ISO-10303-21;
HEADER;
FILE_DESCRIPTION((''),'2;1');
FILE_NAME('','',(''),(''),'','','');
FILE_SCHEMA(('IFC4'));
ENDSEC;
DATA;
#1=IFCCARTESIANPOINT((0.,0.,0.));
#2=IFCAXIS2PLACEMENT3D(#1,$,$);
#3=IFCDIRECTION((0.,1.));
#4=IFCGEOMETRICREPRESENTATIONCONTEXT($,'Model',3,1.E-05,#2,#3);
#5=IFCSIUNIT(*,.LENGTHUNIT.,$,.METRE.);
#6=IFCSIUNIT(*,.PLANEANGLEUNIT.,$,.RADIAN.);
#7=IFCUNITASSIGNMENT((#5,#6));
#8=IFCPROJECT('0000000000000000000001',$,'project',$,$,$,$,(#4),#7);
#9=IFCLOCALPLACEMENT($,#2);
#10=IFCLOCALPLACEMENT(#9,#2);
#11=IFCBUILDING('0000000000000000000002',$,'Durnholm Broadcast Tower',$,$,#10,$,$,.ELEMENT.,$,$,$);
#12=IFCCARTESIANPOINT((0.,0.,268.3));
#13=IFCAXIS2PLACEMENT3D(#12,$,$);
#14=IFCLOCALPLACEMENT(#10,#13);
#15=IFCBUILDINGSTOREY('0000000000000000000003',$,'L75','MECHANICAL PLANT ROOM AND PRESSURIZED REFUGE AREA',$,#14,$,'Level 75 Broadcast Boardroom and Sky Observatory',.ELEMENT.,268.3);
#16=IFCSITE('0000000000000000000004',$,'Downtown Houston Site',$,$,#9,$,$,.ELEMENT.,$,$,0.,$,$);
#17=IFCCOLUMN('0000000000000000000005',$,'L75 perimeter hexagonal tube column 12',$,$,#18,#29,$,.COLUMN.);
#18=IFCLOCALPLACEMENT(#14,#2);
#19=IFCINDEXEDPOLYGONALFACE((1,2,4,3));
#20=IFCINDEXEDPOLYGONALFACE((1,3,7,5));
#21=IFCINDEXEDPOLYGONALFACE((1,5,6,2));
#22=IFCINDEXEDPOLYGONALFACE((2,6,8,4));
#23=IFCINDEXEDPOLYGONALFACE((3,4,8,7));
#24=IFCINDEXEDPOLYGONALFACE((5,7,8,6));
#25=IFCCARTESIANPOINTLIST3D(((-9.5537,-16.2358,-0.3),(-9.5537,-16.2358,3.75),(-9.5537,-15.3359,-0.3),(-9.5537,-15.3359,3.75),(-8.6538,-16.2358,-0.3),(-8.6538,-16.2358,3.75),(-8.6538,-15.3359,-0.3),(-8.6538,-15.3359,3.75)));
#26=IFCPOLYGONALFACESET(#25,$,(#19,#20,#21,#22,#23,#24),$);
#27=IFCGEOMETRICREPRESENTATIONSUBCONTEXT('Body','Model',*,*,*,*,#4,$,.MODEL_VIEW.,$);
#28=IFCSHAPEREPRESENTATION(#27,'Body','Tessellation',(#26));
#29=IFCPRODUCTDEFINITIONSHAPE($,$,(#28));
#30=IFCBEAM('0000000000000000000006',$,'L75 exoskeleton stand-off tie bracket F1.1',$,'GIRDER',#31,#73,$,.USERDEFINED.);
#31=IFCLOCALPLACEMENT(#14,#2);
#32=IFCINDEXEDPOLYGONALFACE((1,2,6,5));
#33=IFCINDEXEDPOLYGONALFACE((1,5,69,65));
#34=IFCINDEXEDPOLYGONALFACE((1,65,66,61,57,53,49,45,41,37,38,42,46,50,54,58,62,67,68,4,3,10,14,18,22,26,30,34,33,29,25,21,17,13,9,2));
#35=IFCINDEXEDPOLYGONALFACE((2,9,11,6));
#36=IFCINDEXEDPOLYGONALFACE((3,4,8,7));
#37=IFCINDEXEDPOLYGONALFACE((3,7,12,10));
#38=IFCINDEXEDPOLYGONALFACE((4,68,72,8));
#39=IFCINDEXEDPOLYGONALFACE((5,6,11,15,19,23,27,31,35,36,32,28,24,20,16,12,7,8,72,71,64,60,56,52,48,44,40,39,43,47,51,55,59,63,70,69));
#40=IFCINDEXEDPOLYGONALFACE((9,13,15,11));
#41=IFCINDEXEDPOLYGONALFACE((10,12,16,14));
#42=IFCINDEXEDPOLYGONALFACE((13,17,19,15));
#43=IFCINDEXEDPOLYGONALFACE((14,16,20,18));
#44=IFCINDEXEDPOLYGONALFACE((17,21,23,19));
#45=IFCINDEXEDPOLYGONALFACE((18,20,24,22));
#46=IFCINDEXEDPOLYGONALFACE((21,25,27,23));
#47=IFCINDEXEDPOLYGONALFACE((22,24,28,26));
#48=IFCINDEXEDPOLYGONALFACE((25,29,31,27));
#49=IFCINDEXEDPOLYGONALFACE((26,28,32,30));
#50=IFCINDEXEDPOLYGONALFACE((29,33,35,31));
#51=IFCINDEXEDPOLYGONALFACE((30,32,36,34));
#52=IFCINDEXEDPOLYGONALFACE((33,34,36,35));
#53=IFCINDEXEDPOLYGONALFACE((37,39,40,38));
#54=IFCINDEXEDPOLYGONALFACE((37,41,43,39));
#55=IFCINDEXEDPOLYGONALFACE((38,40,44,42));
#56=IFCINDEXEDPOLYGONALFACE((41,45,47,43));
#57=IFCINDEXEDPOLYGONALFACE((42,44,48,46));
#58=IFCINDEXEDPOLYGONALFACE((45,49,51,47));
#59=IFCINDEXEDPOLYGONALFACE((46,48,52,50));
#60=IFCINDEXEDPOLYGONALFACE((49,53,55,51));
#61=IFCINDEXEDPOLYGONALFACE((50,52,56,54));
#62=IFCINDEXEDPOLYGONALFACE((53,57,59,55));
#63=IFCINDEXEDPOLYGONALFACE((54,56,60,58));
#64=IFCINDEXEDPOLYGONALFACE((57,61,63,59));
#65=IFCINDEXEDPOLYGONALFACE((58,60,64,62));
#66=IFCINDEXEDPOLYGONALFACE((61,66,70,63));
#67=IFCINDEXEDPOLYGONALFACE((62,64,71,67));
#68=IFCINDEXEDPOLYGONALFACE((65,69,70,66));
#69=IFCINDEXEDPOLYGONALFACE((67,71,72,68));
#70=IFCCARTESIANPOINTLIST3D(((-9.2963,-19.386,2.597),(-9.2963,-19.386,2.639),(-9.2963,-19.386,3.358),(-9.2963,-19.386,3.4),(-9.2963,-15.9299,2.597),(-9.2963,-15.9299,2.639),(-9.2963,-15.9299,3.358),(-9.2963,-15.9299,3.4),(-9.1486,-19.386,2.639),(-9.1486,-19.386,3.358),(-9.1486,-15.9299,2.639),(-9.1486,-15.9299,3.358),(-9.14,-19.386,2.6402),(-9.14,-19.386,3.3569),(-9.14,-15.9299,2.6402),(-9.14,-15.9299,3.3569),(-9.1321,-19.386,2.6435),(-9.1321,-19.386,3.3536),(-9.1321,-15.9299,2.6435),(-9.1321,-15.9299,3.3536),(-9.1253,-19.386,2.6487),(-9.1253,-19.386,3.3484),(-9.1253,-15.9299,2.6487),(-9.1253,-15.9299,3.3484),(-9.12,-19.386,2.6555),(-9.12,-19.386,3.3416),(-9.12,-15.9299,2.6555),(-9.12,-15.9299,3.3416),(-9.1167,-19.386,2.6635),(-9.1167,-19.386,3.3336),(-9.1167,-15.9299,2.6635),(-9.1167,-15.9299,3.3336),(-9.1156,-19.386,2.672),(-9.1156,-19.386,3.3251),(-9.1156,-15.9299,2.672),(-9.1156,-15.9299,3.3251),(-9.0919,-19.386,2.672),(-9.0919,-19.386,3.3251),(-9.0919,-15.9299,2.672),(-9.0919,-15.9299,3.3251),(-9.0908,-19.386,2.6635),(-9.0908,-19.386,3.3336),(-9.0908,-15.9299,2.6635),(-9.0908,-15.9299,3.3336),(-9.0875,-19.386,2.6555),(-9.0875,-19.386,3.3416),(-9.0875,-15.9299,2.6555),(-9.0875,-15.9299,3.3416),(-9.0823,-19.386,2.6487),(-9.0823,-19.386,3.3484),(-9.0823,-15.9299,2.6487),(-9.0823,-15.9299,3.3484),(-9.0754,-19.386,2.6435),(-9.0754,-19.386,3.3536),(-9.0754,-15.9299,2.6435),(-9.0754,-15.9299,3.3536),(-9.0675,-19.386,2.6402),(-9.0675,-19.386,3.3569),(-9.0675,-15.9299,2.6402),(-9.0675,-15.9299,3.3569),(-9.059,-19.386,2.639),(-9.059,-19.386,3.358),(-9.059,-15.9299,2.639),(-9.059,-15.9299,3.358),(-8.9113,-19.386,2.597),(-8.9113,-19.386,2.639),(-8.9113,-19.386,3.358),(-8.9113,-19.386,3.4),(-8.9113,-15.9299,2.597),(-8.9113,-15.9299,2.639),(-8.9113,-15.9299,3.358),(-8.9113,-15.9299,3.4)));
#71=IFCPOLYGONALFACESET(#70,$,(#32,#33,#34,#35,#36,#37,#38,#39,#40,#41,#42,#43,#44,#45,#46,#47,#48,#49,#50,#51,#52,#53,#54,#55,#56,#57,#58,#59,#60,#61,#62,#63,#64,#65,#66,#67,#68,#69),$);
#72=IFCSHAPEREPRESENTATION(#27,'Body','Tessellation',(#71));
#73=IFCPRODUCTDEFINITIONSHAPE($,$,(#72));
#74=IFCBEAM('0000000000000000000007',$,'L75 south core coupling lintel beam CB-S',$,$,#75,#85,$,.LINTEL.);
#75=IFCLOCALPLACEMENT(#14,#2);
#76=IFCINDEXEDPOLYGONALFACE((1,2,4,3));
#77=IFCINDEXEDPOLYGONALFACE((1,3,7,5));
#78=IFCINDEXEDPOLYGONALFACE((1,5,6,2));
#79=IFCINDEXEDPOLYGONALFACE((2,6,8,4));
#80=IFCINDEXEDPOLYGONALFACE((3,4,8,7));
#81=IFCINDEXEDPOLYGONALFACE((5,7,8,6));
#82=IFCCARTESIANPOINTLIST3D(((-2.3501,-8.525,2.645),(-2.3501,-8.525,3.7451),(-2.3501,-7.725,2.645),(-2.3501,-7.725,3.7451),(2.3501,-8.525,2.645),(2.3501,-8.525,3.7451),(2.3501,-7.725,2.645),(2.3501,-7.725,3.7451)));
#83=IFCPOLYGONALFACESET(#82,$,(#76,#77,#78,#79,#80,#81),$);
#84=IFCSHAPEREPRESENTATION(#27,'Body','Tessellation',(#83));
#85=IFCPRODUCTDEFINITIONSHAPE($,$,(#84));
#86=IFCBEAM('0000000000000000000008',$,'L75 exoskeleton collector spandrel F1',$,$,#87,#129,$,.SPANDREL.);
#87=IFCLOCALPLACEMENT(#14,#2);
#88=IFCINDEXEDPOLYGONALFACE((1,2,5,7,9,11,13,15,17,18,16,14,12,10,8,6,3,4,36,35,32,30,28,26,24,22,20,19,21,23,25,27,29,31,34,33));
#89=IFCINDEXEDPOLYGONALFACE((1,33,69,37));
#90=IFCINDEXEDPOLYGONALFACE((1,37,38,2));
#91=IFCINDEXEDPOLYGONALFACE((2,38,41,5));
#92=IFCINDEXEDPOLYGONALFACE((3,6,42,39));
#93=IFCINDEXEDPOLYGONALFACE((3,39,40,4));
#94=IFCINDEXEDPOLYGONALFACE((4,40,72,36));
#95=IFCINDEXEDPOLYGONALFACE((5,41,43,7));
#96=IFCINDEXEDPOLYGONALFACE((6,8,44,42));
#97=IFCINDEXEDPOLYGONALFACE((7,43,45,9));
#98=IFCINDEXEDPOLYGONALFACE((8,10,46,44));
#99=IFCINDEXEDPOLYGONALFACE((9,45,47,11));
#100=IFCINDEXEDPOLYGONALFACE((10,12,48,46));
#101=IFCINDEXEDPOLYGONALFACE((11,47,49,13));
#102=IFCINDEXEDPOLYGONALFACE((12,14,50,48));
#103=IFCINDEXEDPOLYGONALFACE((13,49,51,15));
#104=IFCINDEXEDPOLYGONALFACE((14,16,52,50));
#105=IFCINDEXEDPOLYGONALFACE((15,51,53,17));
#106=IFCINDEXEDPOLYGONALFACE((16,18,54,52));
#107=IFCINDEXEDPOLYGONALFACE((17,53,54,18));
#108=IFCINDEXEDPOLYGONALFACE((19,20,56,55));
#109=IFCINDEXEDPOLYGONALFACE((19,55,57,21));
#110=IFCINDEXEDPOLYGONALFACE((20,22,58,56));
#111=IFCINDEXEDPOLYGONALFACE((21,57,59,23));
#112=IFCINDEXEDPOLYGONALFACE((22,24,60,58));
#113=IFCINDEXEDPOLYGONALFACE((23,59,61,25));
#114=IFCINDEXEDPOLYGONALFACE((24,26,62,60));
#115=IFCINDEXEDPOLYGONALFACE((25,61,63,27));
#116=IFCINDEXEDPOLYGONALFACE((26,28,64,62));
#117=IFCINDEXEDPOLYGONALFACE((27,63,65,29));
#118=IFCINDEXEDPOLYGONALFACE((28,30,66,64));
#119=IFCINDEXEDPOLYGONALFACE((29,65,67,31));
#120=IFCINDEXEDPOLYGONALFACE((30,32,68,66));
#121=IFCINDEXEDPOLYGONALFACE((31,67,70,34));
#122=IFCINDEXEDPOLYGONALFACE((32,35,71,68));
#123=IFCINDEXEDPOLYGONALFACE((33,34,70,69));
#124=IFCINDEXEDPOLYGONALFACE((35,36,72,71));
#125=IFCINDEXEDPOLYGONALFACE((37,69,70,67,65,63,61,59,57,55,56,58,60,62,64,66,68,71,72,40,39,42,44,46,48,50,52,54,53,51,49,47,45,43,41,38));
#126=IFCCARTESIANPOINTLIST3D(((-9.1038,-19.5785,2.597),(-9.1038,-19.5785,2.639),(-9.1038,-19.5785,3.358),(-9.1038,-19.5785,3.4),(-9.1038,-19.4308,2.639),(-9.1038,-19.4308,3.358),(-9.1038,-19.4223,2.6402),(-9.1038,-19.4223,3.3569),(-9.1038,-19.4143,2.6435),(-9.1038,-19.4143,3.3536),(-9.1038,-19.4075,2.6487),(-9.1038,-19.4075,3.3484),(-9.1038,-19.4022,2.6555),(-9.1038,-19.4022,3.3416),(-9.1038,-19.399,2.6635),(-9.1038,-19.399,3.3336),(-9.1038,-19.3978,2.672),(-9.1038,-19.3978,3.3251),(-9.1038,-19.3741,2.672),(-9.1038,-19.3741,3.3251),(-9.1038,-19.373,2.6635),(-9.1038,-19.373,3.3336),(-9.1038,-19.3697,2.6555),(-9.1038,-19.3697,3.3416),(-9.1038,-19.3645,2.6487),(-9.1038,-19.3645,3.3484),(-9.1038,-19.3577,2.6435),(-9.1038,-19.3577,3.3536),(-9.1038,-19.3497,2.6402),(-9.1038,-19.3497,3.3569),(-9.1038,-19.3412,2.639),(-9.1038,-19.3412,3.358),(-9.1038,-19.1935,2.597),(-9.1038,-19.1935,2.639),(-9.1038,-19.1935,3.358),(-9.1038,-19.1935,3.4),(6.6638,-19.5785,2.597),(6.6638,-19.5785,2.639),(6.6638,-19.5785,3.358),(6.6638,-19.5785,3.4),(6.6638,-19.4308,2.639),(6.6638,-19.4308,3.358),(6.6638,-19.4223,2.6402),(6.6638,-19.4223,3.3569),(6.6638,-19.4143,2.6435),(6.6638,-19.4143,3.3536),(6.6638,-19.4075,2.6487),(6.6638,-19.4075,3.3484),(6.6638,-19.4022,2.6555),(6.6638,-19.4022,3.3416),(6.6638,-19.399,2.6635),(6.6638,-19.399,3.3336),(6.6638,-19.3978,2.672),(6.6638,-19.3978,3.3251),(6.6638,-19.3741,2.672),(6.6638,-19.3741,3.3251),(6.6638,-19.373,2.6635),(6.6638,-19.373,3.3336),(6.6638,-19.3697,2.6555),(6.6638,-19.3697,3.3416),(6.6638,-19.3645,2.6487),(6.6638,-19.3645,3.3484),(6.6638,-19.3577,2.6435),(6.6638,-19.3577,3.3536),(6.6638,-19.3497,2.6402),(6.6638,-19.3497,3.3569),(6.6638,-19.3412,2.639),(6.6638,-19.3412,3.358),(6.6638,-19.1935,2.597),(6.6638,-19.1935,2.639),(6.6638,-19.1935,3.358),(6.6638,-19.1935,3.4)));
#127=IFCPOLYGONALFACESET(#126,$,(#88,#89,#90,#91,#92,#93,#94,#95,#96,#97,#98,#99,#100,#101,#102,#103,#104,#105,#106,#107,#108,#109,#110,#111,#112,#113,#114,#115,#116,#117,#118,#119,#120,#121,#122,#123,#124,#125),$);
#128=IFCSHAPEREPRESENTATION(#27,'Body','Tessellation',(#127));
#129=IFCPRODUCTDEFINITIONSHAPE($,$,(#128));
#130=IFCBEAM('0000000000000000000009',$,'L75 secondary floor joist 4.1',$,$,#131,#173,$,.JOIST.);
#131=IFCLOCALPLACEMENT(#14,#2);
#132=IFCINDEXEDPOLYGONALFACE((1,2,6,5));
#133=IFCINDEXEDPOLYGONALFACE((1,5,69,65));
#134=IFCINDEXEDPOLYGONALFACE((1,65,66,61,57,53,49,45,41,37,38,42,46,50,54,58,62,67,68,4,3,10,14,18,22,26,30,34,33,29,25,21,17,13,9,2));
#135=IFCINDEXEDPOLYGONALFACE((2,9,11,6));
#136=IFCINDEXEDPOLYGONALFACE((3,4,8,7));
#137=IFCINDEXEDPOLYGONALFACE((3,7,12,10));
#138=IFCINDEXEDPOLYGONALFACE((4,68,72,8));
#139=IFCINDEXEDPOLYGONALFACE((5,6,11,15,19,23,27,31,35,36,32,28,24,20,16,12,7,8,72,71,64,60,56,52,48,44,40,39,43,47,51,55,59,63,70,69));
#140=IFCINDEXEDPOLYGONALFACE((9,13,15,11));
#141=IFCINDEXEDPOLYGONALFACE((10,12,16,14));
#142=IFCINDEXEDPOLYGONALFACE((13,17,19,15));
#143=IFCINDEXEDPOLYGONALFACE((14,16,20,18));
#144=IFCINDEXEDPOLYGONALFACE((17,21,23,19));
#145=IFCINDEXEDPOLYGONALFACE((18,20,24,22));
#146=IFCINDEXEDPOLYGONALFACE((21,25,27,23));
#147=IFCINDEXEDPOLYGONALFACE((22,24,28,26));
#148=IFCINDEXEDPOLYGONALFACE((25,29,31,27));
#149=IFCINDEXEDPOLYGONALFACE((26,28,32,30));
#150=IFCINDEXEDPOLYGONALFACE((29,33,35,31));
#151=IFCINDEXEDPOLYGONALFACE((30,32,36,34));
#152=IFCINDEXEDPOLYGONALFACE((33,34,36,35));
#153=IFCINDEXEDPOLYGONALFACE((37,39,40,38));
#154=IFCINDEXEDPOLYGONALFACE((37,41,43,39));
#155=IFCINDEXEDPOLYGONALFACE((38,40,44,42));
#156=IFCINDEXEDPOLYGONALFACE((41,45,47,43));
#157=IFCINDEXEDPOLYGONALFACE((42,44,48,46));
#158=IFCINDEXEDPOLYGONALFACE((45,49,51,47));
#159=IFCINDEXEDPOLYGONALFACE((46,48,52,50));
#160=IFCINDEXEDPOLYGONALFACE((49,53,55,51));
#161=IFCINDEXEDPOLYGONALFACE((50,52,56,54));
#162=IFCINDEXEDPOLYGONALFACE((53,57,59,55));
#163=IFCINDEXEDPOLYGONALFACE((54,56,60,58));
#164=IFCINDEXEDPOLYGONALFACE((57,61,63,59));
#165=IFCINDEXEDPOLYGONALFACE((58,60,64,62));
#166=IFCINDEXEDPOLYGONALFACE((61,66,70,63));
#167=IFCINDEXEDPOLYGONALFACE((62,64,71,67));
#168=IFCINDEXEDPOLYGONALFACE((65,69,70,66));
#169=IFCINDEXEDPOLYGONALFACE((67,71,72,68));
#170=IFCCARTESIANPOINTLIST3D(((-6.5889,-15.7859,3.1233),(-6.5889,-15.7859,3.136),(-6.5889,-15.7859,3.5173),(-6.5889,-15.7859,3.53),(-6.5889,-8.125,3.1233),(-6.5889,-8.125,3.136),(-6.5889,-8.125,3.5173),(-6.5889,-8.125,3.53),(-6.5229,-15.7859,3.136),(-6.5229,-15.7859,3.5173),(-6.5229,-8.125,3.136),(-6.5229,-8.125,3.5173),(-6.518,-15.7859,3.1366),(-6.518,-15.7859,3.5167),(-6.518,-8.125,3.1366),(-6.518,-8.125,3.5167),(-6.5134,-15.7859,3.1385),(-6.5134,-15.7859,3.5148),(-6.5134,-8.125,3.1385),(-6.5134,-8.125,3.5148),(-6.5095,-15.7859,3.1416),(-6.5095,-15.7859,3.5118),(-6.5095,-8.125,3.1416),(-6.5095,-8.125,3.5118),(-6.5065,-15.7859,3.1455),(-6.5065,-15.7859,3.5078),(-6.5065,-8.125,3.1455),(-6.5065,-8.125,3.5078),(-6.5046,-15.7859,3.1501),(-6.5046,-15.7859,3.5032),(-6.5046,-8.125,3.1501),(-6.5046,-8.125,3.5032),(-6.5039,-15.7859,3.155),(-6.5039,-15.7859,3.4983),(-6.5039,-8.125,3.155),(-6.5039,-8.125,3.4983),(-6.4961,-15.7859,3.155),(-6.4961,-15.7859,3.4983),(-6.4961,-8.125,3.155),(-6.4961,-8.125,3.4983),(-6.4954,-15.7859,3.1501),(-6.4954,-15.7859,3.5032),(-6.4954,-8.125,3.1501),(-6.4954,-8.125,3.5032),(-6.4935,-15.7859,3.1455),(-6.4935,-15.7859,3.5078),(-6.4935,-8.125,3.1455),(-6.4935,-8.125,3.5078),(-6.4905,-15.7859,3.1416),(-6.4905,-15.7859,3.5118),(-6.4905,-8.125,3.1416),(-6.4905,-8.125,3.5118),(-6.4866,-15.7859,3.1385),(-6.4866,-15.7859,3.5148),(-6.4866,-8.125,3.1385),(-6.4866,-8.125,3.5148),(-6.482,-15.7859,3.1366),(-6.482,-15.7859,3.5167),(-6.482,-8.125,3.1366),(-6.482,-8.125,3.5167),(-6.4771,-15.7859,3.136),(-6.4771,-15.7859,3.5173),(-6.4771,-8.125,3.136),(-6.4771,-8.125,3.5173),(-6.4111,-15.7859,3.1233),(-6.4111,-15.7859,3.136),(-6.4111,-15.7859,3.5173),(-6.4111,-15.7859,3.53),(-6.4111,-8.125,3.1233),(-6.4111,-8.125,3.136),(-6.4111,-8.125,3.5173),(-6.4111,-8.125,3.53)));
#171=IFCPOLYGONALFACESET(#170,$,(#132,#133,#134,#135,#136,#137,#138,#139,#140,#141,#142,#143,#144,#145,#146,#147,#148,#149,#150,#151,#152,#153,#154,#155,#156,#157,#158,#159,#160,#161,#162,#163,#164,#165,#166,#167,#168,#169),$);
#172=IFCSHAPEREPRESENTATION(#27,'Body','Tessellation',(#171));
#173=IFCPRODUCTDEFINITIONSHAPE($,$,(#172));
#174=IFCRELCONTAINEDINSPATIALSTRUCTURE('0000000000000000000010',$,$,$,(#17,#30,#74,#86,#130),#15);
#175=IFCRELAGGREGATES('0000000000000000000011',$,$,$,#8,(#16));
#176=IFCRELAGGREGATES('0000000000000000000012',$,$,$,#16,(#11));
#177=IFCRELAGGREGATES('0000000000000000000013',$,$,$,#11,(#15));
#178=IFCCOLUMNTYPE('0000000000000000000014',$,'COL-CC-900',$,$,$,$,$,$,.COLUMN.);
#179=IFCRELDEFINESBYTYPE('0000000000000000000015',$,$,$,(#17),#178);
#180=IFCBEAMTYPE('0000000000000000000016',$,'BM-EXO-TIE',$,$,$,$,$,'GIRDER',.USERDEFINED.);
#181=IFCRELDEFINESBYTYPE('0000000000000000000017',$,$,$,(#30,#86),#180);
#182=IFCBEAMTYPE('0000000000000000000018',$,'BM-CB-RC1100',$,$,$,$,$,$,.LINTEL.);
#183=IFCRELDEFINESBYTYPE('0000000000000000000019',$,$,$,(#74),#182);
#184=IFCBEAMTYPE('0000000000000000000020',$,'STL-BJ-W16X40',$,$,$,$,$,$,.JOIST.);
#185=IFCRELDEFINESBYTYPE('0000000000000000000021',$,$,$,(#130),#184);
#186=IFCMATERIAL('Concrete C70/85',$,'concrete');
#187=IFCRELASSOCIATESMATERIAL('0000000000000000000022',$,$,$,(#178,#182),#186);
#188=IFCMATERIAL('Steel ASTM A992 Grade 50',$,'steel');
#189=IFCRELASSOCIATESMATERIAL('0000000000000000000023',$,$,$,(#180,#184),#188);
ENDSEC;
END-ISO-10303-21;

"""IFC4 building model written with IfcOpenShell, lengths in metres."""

from ifc_helpers import new_model, si_unit, direction, frame, origin, origin_2d, place, context, subcontext, project, spatial, rectangle, i_section, extrude, source, transform, mapped, material, material_profile, profile_set, type_object, type_shapes, element, save


model = new_model("IFC4")

# Units and contexts
model_context = context("Model", 3, precision=1e-05, world=origin(), true_north=direction((0.0, 1.0)))
body_context = subcontext(model_context, "Body", "Model", "MODEL_VIEW")
ifc_project = project(units=[si_unit("LENGTHUNIT", "METRE"), si_unit("PLANEANGLEUNIT", "RADIAN")], contexts=[model_context])

# Site, building, storey
site_placement = place(None, origin())
site = spatial("IfcSite", under=ifc_project, at=site_placement, Name="Downtown Houston Site", CompositionType="ELEMENT", RefElevation=0.0)
building_placement = place(site_placement, origin())
building = spatial("IfcBuilding", under=site, at=building_placement, Name="Durnholm Broadcast Tower", CompositionType="ELEMENT")
storey_placement = place(building_placement, frame((0.0, 0.0, 268.3)))
storey = spatial("IfcBuildingStorey", under=building, at=storey_placement, Name="L75", Description="MECHANICAL PLANT ROOM AND PRESSURIZED REFUGE AREA", LongName="Level 75 Broadcast Boardroom and Sky Observatory", CompositionType="ELEMENT", Elevation=268.3)

# Column
ifc_material_1 = material(Name="Concrete C70/85", Category="concrete")
ifc_material_profile_1 = material_profile(ifc_material_1, rectangle(XDim=0.8999, YDim=0.8999, at=origin_2d()), Name="RC900X900")
ifc_profile_set_1 = profile_set([ifc_material_profile_1], Name="Concrete C70/85")
column_type = type_object("IfcColumnType", Name="COL-CC-900", PredefinedType="COLUMN", material=ifc_profile_set_1)
shared_shape_1 = source(origin(), body_context, "Body", "SweptSolid", [
    extrude(rectangle(XDim=0.8999, YDim=0.8999, at=origin_2d()), origin(), (0.0, 0.0, 1.0), 4.05),
])
type_shapes(column_type, [shared_shape_1])
column_placement = place(storey_placement, frame((-9.1038, -15.7859, -0.3), z_axis=(0.0, 0.0, 1.0), x_axis=(1.0, 0.0, 0.0)))
element("IfcColumn", 1, at=column_placement, inside=storey, type_object=column_type, Name="L75 perimeter hexagonal tube column 12", PredefinedType="COLUMN", context=body_context, shape_type="MappedRepresentation", body=[
    mapped(shared_shape_1, transform((0.0, 0.0, 0.0), x_axis=(1.0, 0.0, 0.0), y_axis=(0.0, 1.0, 0.0), z_axis=(0.0, 0.0, 1.0), scale=1.0)),
])

# Beams
ifc_material_2 = material(Name="Steel ASTM A992 Grade 50", Category="steel")
ifc_material_profile_2 = material_profile(ifc_material_2, i_section(OverallWidth=0.385, OverallDepth=0.803, WebThickness=0.0237, FlangeThickness=0.042, FilletRadius=0.033, at=origin_2d()), Name="W30X261")
ifc_profile_set_2 = profile_set([ifc_material_profile_2], Name="Steel ASTM A992 Grade 50")
beam_type_1 = type_object("IfcBeamType", Name="BM-EXO-TIE", ElementType="GIRDER", PredefinedType="USERDEFINED", material=ifc_profile_set_2)
shared_shape_2 = source(origin(), body_context, "Body", "SweptSolid", [
    extrude(i_section(OverallWidth=0.385, OverallDepth=0.803, WebThickness=0.0237, FlangeThickness=0.042, FilletRadius=0.033, at=origin_2d()), origin(), (0.0, 0.0, 1.0), 3.4561),
])
beam_1_placement = place(storey_placement, frame((-9.1038, -15.9299, 2.9985), z_axis=(0.0, -1.0, 0.0), x_axis=(1.0, 0.0, 0.0)))
element("IfcBeam", 2, at=beam_1_placement, inside=storey, type_object=beam_type_1, Name="L75 exoskeleton stand-off tie bracket F1.1", ObjectType="GIRDER", PredefinedType="USERDEFINED", context=body_context, shape_type="MappedRepresentation", body=[
    mapped(shared_shape_2, transform((0.0, 0.0, 0.0), x_axis=(1.0, 0.0, 0.0), y_axis=(0.0, 1.0, 0.0), z_axis=(0.0, 0.0, 1.0), scale=1.0)),
])
ifc_material_profile_3 = material_profile(ifc_material_1, rectangle(XDim=0.8, YDim=1.1001, at=origin_2d()), Name="RC800X1100")
ifc_profile_set_3 = profile_set([ifc_material_profile_3], Name="Concrete C70/85")
beam_type_2 = type_object("IfcBeamType", Name="BM-CB-RC1100", PredefinedType="LINTEL", material=ifc_profile_set_3)
shared_shape_3 = source(origin(), body_context, "Body", "SweptSolid", [
    extrude(rectangle(XDim=0.8, YDim=1.1001, at=origin_2d()), origin(), (0.0, 0.0, 1.0), 4.7002),
])
type_shapes(beam_type_2, [shared_shape_3])
beam_2_placement = place(storey_placement, frame((-2.3501, -8.125, 3.1951), z_axis=(1.0, 0.0, 0.0), x_axis=(0.0, 1.0, 0.0)))
element("IfcBeam", 3, at=beam_2_placement, inside=storey, type_object=beam_type_2, Name="L75 south core coupling lintel beam CB-S", PredefinedType="LINTEL", context=body_context, shape_type="MappedRepresentation", body=[
    mapped(shared_shape_3, transform((0.0, 0.0, 0.0), x_axis=(1.0, 0.0, 0.0), y_axis=(0.0, 1.0, 0.0), z_axis=(0.0, 0.0, 1.0), scale=1.0)),
])
shared_shape_4 = source(origin(), body_context, "Body", "SweptSolid", [
    extrude(i_section(OverallWidth=0.385, OverallDepth=0.803, WebThickness=0.0237, FlangeThickness=0.042, FilletRadius=0.033, at=origin_2d()), origin(), (0.0, 0.0, 1.0), 15.7676),
])
type_shapes(beam_type_1, [shared_shape_2, shared_shape_4])
beam_3_placement = place(storey_placement, frame((-9.1038, -19.386, 2.9985), z_axis=(1.0, 0.0, 0.0), x_axis=(0.0, 1.0, 0.0)))
element("IfcBeam", 4, at=beam_3_placement, inside=storey, type_object=beam_type_1, Name="L75 exoskeleton collector spandrel F1", PredefinedType="SPANDREL", context=body_context, shape_type="MappedRepresentation", body=[
    mapped(shared_shape_4, transform((0.0, 0.0, 0.0), x_axis=(1.0, 0.0, 0.0), y_axis=(0.0, 1.0, 0.0), z_axis=(0.0, 0.0, 1.0), scale=1.0)),
])
ifc_material_profile_4 = material_profile(ifc_material_2, i_section(OverallWidth=0.1777, OverallDepth=0.4067, WebThickness=0.0078, FlangeThickness=0.0127, FilletRadius=0.019, at=origin_2d()), Name="W16X40")
ifc_profile_set_4 = profile_set([ifc_material_profile_4], Name="Steel ASTM A992 Grade 50")
beam_type_3 = type_object("IfcBeamType", Name="STL-BJ-W16X40", PredefinedType="JOIST", material=ifc_profile_set_4)
shared_shape_5 = source(origin(), body_context, "Body", "SweptSolid", [
    extrude(i_section(OverallWidth=0.1777, OverallDepth=0.4067, WebThickness=0.0078, FlangeThickness=0.0127, FilletRadius=0.019, at=origin_2d()), origin(), (0.0, 0.0, 1.0), 7.6609),
])
type_shapes(beam_type_3, [shared_shape_5])
for number, where, z_axis, x_axis, name in (
    (5, (-6.5, -15.7859, 3.3267), (0.0, 1.0, 0.0), (-1.0, 0.0, 0.0), "L75 secondary floor joist 4.1"),
):
    element("IfcBeam", number, at=place(storey_placement, frame(where, z_axis=z_axis, x_axis=x_axis)), inside=storey, type_object=beam_type_3, Name=name, PredefinedType="JOIST", context=body_context, shape_type="MappedRepresentation", body=[
        mapped(shared_shape_5, transform((0.0, 0.0, 0.0), x_axis=(1.0, 0.0, 0.0), y_axis=(0.0, 1.0, 0.0), z_axis=(0.0, 0.0, 1.0), scale=1.0)),
    ])

save(model, "model.ifc")
